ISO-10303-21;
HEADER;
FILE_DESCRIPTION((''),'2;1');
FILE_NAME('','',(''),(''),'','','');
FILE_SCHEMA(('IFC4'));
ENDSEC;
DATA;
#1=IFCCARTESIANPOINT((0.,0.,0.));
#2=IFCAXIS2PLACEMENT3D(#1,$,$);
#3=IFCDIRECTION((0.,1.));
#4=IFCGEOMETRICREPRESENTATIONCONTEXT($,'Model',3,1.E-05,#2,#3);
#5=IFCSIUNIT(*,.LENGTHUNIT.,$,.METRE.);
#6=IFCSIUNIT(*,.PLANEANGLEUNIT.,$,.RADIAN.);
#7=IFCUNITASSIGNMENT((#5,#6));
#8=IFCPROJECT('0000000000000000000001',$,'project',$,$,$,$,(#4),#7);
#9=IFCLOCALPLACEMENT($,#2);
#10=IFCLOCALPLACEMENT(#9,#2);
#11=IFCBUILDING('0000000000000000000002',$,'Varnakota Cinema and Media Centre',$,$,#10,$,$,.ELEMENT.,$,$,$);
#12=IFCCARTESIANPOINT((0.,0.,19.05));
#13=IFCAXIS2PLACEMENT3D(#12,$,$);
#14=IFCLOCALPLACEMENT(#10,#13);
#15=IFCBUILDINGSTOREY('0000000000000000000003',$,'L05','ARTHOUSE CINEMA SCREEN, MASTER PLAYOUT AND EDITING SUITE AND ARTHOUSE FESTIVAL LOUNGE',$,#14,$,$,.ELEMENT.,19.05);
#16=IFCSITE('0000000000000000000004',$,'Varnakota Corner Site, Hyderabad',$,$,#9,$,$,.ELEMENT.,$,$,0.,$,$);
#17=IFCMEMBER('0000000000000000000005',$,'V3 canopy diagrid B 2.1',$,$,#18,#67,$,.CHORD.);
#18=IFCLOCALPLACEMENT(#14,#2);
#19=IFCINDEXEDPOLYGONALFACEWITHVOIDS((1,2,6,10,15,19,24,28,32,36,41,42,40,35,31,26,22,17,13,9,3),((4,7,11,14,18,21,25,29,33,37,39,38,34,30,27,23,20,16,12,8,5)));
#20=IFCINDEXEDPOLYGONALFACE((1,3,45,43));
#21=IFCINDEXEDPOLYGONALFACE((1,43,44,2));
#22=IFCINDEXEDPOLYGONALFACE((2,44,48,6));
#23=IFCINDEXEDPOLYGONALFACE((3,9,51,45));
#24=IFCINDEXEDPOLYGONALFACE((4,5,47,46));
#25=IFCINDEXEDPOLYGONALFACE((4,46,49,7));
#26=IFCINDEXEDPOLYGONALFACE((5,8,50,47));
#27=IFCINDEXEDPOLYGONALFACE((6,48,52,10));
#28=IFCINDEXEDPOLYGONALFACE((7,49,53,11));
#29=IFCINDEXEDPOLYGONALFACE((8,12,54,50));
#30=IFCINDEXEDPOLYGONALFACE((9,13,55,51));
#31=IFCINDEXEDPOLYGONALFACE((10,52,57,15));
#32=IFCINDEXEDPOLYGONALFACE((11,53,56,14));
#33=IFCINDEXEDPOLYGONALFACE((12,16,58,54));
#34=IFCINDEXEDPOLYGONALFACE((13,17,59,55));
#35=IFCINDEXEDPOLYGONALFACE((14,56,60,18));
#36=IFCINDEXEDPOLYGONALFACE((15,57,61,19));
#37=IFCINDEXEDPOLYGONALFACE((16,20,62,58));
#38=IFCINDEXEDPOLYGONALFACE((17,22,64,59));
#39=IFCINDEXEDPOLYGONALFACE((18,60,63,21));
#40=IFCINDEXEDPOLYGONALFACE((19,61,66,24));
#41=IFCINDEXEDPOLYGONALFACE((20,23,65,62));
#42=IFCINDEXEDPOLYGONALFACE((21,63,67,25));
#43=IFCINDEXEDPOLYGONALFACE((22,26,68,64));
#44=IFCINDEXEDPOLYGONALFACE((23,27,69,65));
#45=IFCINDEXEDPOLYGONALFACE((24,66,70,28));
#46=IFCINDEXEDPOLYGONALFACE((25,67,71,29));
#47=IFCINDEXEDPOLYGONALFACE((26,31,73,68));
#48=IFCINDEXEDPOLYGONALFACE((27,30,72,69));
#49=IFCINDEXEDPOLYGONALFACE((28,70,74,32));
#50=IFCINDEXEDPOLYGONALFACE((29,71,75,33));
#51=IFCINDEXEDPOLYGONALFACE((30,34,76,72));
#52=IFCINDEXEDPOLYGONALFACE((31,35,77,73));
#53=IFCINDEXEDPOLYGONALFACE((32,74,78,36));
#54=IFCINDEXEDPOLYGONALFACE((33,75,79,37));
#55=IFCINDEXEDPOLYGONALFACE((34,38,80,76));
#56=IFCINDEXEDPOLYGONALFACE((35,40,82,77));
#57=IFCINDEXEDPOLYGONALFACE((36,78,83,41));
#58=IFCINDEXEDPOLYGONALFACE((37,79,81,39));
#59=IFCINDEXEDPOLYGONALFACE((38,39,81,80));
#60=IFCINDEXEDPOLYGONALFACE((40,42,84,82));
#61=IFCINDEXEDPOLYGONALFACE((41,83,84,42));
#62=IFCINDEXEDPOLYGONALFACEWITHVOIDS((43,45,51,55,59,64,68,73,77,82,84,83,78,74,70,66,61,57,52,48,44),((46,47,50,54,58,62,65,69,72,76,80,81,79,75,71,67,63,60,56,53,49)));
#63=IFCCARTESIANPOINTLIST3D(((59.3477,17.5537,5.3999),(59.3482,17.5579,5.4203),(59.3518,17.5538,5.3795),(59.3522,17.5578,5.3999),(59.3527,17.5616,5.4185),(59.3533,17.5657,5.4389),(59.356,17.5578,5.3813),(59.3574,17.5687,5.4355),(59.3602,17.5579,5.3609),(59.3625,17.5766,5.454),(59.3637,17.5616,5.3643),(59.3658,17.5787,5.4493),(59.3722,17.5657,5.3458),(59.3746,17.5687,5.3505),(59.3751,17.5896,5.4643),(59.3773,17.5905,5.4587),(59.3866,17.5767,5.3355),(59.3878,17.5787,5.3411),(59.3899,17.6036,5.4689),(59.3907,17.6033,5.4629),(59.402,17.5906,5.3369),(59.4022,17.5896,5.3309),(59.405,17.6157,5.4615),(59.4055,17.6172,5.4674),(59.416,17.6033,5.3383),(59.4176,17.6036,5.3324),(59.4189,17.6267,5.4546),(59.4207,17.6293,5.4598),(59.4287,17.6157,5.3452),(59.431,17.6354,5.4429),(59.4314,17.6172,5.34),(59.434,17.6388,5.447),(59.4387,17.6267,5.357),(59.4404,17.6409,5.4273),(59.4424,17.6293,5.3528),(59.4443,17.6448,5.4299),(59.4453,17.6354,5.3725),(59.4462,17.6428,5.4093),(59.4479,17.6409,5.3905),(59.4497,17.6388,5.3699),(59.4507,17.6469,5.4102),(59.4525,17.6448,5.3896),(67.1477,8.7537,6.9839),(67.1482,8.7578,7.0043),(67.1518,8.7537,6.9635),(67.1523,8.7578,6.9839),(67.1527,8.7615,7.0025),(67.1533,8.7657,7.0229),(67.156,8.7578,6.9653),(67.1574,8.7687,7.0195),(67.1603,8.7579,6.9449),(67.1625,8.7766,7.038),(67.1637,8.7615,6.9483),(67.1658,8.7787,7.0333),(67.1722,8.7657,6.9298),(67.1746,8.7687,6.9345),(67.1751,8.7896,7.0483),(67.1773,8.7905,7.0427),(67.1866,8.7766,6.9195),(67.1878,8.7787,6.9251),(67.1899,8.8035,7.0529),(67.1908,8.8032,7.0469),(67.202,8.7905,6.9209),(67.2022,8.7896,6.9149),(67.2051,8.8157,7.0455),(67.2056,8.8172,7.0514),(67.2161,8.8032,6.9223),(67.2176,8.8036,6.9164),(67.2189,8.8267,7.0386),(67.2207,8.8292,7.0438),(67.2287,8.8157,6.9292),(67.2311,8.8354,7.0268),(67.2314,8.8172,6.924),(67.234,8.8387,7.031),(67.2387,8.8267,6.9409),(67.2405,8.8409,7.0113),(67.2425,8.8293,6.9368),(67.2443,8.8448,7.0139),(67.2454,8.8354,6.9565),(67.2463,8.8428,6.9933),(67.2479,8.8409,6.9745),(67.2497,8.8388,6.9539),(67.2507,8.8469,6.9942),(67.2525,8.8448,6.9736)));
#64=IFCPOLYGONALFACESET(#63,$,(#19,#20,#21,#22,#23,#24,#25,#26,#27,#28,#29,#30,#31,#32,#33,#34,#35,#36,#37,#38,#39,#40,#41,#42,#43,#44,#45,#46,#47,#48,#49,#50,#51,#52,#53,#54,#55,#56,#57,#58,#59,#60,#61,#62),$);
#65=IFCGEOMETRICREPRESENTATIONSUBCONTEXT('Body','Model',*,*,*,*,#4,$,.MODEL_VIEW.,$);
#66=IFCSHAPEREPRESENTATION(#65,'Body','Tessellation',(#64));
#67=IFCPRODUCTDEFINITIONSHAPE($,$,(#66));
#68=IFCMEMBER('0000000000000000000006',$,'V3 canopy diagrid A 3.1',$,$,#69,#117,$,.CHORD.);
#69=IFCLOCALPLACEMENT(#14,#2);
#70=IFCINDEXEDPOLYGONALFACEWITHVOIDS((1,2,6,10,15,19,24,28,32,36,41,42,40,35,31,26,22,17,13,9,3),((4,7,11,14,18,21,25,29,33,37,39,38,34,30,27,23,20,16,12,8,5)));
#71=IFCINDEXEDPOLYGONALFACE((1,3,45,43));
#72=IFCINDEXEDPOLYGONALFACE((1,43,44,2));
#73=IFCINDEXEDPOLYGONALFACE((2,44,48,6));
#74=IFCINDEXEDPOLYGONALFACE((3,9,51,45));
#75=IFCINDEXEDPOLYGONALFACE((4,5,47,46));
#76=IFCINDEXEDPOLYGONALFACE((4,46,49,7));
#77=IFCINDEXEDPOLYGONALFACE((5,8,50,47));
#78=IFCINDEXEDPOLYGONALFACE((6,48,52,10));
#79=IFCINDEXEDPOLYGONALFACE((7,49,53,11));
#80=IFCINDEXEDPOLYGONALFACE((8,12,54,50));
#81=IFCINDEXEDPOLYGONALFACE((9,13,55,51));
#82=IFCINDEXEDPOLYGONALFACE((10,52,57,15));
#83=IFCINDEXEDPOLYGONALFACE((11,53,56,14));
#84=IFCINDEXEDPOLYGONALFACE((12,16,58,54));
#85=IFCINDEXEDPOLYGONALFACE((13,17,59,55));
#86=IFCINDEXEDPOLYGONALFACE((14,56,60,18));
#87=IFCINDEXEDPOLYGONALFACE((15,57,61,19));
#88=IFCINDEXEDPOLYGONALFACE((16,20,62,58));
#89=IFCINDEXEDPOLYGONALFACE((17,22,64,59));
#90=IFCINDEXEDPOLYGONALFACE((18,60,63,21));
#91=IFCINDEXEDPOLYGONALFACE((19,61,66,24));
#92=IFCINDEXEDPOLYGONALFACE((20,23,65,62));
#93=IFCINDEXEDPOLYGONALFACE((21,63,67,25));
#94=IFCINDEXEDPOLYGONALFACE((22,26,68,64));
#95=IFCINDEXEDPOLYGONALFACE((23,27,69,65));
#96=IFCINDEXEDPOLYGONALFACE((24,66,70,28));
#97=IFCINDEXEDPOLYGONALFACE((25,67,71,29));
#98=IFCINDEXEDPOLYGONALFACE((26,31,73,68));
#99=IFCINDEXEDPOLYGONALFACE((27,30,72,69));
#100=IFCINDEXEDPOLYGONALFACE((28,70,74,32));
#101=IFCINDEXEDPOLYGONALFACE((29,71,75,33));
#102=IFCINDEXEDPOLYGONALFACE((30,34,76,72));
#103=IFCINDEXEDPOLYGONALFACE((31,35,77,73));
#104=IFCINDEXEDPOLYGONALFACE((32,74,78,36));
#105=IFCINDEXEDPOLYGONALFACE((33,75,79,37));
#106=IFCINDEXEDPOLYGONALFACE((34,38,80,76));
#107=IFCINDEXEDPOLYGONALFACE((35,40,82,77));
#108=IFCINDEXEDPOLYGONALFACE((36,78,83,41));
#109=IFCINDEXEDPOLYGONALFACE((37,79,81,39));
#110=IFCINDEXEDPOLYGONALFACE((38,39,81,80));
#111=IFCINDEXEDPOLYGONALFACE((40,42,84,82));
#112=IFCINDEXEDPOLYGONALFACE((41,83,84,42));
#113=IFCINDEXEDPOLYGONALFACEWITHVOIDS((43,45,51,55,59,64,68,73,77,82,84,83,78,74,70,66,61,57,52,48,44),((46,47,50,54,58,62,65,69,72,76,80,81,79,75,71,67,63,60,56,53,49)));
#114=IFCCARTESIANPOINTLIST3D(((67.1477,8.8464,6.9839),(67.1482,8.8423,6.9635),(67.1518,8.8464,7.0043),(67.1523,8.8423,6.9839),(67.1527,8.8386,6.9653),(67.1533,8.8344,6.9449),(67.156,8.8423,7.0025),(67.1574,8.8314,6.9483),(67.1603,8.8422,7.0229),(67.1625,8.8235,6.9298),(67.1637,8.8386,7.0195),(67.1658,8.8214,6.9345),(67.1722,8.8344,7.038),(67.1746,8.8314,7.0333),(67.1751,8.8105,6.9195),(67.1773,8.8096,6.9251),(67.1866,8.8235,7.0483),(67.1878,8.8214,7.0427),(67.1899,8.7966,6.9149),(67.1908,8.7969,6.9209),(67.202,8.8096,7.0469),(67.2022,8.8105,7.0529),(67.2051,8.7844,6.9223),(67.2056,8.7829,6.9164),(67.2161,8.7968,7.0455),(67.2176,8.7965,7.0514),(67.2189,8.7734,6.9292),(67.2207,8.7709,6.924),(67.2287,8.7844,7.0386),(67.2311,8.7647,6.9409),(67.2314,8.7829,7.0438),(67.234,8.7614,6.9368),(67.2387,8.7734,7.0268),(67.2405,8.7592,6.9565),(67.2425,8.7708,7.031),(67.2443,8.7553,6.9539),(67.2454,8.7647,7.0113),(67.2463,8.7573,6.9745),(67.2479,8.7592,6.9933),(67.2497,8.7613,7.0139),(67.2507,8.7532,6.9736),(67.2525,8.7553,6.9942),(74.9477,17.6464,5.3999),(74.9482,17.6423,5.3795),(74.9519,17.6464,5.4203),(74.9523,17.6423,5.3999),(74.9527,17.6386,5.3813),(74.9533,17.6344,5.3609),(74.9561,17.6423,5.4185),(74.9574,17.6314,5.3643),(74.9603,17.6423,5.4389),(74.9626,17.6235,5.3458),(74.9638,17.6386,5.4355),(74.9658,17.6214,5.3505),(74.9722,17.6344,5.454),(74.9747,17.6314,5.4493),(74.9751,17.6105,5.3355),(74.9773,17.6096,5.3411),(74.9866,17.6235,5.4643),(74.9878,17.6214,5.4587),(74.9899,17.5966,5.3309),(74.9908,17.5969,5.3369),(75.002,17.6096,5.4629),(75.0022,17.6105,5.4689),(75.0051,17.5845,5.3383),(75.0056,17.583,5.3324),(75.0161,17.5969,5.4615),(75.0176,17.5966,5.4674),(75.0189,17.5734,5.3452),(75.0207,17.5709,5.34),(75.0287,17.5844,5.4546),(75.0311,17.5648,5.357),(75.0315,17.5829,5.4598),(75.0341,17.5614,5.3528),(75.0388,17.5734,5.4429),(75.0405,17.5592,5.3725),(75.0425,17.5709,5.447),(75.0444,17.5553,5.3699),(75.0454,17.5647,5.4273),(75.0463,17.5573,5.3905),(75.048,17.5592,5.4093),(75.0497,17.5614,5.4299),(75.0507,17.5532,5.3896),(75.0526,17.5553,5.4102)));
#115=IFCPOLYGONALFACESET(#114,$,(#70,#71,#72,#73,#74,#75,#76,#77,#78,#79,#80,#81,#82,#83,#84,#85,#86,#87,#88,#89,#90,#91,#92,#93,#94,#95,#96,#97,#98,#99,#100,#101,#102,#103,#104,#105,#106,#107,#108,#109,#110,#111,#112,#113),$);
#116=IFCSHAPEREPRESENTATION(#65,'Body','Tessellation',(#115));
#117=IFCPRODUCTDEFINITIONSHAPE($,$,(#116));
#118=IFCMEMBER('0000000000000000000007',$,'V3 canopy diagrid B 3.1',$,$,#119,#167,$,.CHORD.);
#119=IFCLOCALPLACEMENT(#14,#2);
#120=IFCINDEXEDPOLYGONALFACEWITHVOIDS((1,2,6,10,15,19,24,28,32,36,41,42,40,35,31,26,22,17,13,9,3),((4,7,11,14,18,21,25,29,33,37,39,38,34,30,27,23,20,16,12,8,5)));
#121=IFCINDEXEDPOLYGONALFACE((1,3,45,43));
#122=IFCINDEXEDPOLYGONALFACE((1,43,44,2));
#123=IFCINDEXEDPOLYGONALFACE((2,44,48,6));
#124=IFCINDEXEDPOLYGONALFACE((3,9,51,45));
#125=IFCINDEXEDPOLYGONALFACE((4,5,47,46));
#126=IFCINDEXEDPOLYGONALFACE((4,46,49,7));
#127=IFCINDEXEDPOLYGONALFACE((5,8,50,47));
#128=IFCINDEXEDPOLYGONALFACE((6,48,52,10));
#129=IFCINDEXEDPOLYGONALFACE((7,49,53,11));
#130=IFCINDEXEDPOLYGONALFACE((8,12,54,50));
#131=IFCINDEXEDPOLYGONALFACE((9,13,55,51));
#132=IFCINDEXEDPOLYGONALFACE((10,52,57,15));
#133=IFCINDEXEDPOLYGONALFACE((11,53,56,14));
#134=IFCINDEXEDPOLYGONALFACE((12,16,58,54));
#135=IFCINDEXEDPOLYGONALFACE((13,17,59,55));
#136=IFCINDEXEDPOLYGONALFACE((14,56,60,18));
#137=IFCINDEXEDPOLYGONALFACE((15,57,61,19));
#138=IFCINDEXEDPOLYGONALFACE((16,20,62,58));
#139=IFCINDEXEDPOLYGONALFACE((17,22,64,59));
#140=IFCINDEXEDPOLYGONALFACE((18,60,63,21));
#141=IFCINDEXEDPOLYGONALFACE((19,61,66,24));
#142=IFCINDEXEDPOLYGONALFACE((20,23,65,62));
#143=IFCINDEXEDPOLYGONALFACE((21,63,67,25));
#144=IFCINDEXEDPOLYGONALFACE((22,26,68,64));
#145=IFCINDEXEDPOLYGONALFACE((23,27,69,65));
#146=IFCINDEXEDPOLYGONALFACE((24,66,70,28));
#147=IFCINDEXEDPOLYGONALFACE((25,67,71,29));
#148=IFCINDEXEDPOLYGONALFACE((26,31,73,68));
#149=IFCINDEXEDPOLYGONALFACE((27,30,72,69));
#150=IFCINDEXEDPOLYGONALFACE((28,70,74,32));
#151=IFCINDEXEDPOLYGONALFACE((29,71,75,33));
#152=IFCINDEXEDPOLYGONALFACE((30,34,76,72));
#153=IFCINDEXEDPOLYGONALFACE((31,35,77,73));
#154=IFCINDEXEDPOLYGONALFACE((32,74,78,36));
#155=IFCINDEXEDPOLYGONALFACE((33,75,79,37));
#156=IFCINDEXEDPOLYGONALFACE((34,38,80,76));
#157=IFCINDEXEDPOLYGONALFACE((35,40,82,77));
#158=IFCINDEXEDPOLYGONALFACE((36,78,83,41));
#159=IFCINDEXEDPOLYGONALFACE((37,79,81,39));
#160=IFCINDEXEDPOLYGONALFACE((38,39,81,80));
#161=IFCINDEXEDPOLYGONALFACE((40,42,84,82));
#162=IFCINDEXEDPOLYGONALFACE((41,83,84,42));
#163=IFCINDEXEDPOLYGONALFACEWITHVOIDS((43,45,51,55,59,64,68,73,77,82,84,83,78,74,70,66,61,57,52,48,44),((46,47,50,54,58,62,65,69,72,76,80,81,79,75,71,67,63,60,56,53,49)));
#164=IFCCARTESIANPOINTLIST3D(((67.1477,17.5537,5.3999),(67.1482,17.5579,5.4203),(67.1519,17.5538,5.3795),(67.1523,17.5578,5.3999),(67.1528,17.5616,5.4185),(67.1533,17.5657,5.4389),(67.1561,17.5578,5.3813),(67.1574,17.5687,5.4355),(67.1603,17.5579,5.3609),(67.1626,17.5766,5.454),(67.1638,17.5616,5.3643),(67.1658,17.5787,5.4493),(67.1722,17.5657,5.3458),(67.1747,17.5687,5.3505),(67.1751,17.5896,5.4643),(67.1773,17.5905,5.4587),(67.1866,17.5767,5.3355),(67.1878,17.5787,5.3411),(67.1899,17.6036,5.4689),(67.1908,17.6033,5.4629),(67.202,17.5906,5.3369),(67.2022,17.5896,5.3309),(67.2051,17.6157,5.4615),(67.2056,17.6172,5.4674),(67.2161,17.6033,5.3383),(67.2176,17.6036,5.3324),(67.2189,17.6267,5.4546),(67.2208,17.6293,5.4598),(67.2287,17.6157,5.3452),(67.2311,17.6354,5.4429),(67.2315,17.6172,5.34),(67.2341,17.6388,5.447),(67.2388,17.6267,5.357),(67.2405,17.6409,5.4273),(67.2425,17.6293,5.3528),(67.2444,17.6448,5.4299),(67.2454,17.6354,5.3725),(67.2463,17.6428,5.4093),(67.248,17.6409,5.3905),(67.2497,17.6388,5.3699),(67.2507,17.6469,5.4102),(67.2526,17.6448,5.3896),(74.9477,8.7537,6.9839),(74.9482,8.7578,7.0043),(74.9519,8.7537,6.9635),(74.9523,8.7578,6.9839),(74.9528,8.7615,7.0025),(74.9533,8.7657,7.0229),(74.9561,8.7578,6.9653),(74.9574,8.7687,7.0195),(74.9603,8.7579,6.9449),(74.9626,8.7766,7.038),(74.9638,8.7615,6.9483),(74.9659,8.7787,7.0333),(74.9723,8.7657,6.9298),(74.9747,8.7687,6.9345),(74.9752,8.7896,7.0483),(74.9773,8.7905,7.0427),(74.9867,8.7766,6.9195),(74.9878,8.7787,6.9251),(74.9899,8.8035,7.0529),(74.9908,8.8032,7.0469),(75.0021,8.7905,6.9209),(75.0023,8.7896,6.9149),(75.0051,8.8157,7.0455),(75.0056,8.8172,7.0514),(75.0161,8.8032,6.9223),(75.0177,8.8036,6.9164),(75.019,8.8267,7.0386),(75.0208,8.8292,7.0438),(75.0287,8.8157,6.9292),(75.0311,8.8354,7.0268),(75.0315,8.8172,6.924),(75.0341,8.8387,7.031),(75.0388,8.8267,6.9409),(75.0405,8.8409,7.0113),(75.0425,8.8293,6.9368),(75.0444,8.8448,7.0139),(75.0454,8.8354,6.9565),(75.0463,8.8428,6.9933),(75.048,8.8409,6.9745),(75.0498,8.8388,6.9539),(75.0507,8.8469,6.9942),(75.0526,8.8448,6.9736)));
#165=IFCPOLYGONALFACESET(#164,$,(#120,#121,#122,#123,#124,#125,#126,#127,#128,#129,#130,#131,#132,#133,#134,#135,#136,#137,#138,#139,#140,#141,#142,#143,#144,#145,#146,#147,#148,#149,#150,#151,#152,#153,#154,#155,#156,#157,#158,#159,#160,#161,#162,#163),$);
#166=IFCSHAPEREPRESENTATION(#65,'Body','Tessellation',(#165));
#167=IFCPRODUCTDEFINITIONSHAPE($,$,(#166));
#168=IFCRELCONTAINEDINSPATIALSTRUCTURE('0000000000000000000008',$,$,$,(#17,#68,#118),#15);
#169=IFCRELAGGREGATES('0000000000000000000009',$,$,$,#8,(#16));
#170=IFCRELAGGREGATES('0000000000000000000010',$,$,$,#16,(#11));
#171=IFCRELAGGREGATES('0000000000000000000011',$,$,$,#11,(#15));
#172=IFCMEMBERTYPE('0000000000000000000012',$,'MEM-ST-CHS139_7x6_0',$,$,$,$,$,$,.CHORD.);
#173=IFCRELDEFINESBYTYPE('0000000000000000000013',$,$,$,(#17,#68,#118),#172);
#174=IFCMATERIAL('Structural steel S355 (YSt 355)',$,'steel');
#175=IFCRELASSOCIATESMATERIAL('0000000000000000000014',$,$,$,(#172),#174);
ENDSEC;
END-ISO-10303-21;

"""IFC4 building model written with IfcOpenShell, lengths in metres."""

from ifc_helpers import new_model, si_unit, direction, frame, origin, origin_2d, place, context, subcontext, project, spatial, hollow_circle, extrude, material, material_profile, profile_set, type_object, element, save


model = new_model("IFC4")

# Units and contexts
model_context = context("Model", 3, precision=1e-05, world=origin(), true_north=direction((0.0, 1.0)))
body_context = subcontext(model_context, "Body", "Model", "MODEL_VIEW")
ifc_project = project(units=[si_unit("LENGTHUNIT", "METRE"), si_unit("PLANEANGLEUNIT", "RADIAN")], contexts=[model_context])

# Site, building, storey
site_placement = place(None, origin())
site = spatial("IfcSite", under=ifc_project, at=site_placement, Name="Varnakota Corner Site, Hyderabad", CompositionType="ELEMENT", RefElevation=0.0)
building_placement = place(site_placement, origin())
building = spatial("IfcBuilding", under=site, at=building_placement, Name="Varnakota Cinema and Media Centre", CompositionType="ELEMENT")
storey_placement = place(building_placement, frame((0.0, 0.0, 19.05)))
storey = spatial("IfcBuildingStorey", under=building, at=storey_placement, Name="L05", Description="ARTHOUSE CINEMA SCREEN, MASTER PLAYOUT AND EDITING SUITE AND ARTHOUSE FESTIVAL LOUNGE", CompositionType="ELEMENT", Elevation=19.05)

# Members
ifc_material_1 = material(Name="Structural steel S355 (YSt 355)", Category="steel")
ifc_material_profile_1 = material_profile(ifc_material_1, hollow_circle(Radius=0.0698, WallThickness=0.0061, at=origin_2d()), Name="CHS 139.7x6.0")
ifc_profile_set_1 = profile_set([ifc_material_profile_1], Name="Structural steel S355 (YSt 355)")
member_type_1 = type_object("IfcMemberType", Name="MEM-ST-CHS139_7x6_0", PredefinedType="CHORD", material=ifc_profile_set_1)
for number, where, z_axis, x_axis, name in (
    (1, (67.2, 8.8, 6.9839), (-0.657371, 0.741649, -0.133495), (-0.748347, -0.663308, 0.0), "V3 canopy diagrid B 2.1"),
    (2, (67.2, 8.8, 6.9839), (0.657371, 0.741649, -0.133495), (-0.748347, 0.663308, 0.0), "V3 canopy diagrid A 3.1"),
    (3, (75.0, 8.8, 6.9839), (-0.657371, 0.741649, -0.133495), (-0.748347, -0.663308, 0.0), "V3 canopy diagrid B 3.1"),
):
    element("IfcMember", number, at=place(storey_placement, frame(where, z_axis=z_axis, x_axis=x_axis)), inside=storey, type_object=member_type_1, Name=name, PredefinedType="CHORD", context=body_context, shape_type="SweptSolid", body=[
        extrude(hollow_circle(Radius=0.0698, WallThickness=0.0061, at=origin_2d()), origin(), (0.0, 0.0, 1.0), 11.8655),
    ])

save(model, "model.ifc")
